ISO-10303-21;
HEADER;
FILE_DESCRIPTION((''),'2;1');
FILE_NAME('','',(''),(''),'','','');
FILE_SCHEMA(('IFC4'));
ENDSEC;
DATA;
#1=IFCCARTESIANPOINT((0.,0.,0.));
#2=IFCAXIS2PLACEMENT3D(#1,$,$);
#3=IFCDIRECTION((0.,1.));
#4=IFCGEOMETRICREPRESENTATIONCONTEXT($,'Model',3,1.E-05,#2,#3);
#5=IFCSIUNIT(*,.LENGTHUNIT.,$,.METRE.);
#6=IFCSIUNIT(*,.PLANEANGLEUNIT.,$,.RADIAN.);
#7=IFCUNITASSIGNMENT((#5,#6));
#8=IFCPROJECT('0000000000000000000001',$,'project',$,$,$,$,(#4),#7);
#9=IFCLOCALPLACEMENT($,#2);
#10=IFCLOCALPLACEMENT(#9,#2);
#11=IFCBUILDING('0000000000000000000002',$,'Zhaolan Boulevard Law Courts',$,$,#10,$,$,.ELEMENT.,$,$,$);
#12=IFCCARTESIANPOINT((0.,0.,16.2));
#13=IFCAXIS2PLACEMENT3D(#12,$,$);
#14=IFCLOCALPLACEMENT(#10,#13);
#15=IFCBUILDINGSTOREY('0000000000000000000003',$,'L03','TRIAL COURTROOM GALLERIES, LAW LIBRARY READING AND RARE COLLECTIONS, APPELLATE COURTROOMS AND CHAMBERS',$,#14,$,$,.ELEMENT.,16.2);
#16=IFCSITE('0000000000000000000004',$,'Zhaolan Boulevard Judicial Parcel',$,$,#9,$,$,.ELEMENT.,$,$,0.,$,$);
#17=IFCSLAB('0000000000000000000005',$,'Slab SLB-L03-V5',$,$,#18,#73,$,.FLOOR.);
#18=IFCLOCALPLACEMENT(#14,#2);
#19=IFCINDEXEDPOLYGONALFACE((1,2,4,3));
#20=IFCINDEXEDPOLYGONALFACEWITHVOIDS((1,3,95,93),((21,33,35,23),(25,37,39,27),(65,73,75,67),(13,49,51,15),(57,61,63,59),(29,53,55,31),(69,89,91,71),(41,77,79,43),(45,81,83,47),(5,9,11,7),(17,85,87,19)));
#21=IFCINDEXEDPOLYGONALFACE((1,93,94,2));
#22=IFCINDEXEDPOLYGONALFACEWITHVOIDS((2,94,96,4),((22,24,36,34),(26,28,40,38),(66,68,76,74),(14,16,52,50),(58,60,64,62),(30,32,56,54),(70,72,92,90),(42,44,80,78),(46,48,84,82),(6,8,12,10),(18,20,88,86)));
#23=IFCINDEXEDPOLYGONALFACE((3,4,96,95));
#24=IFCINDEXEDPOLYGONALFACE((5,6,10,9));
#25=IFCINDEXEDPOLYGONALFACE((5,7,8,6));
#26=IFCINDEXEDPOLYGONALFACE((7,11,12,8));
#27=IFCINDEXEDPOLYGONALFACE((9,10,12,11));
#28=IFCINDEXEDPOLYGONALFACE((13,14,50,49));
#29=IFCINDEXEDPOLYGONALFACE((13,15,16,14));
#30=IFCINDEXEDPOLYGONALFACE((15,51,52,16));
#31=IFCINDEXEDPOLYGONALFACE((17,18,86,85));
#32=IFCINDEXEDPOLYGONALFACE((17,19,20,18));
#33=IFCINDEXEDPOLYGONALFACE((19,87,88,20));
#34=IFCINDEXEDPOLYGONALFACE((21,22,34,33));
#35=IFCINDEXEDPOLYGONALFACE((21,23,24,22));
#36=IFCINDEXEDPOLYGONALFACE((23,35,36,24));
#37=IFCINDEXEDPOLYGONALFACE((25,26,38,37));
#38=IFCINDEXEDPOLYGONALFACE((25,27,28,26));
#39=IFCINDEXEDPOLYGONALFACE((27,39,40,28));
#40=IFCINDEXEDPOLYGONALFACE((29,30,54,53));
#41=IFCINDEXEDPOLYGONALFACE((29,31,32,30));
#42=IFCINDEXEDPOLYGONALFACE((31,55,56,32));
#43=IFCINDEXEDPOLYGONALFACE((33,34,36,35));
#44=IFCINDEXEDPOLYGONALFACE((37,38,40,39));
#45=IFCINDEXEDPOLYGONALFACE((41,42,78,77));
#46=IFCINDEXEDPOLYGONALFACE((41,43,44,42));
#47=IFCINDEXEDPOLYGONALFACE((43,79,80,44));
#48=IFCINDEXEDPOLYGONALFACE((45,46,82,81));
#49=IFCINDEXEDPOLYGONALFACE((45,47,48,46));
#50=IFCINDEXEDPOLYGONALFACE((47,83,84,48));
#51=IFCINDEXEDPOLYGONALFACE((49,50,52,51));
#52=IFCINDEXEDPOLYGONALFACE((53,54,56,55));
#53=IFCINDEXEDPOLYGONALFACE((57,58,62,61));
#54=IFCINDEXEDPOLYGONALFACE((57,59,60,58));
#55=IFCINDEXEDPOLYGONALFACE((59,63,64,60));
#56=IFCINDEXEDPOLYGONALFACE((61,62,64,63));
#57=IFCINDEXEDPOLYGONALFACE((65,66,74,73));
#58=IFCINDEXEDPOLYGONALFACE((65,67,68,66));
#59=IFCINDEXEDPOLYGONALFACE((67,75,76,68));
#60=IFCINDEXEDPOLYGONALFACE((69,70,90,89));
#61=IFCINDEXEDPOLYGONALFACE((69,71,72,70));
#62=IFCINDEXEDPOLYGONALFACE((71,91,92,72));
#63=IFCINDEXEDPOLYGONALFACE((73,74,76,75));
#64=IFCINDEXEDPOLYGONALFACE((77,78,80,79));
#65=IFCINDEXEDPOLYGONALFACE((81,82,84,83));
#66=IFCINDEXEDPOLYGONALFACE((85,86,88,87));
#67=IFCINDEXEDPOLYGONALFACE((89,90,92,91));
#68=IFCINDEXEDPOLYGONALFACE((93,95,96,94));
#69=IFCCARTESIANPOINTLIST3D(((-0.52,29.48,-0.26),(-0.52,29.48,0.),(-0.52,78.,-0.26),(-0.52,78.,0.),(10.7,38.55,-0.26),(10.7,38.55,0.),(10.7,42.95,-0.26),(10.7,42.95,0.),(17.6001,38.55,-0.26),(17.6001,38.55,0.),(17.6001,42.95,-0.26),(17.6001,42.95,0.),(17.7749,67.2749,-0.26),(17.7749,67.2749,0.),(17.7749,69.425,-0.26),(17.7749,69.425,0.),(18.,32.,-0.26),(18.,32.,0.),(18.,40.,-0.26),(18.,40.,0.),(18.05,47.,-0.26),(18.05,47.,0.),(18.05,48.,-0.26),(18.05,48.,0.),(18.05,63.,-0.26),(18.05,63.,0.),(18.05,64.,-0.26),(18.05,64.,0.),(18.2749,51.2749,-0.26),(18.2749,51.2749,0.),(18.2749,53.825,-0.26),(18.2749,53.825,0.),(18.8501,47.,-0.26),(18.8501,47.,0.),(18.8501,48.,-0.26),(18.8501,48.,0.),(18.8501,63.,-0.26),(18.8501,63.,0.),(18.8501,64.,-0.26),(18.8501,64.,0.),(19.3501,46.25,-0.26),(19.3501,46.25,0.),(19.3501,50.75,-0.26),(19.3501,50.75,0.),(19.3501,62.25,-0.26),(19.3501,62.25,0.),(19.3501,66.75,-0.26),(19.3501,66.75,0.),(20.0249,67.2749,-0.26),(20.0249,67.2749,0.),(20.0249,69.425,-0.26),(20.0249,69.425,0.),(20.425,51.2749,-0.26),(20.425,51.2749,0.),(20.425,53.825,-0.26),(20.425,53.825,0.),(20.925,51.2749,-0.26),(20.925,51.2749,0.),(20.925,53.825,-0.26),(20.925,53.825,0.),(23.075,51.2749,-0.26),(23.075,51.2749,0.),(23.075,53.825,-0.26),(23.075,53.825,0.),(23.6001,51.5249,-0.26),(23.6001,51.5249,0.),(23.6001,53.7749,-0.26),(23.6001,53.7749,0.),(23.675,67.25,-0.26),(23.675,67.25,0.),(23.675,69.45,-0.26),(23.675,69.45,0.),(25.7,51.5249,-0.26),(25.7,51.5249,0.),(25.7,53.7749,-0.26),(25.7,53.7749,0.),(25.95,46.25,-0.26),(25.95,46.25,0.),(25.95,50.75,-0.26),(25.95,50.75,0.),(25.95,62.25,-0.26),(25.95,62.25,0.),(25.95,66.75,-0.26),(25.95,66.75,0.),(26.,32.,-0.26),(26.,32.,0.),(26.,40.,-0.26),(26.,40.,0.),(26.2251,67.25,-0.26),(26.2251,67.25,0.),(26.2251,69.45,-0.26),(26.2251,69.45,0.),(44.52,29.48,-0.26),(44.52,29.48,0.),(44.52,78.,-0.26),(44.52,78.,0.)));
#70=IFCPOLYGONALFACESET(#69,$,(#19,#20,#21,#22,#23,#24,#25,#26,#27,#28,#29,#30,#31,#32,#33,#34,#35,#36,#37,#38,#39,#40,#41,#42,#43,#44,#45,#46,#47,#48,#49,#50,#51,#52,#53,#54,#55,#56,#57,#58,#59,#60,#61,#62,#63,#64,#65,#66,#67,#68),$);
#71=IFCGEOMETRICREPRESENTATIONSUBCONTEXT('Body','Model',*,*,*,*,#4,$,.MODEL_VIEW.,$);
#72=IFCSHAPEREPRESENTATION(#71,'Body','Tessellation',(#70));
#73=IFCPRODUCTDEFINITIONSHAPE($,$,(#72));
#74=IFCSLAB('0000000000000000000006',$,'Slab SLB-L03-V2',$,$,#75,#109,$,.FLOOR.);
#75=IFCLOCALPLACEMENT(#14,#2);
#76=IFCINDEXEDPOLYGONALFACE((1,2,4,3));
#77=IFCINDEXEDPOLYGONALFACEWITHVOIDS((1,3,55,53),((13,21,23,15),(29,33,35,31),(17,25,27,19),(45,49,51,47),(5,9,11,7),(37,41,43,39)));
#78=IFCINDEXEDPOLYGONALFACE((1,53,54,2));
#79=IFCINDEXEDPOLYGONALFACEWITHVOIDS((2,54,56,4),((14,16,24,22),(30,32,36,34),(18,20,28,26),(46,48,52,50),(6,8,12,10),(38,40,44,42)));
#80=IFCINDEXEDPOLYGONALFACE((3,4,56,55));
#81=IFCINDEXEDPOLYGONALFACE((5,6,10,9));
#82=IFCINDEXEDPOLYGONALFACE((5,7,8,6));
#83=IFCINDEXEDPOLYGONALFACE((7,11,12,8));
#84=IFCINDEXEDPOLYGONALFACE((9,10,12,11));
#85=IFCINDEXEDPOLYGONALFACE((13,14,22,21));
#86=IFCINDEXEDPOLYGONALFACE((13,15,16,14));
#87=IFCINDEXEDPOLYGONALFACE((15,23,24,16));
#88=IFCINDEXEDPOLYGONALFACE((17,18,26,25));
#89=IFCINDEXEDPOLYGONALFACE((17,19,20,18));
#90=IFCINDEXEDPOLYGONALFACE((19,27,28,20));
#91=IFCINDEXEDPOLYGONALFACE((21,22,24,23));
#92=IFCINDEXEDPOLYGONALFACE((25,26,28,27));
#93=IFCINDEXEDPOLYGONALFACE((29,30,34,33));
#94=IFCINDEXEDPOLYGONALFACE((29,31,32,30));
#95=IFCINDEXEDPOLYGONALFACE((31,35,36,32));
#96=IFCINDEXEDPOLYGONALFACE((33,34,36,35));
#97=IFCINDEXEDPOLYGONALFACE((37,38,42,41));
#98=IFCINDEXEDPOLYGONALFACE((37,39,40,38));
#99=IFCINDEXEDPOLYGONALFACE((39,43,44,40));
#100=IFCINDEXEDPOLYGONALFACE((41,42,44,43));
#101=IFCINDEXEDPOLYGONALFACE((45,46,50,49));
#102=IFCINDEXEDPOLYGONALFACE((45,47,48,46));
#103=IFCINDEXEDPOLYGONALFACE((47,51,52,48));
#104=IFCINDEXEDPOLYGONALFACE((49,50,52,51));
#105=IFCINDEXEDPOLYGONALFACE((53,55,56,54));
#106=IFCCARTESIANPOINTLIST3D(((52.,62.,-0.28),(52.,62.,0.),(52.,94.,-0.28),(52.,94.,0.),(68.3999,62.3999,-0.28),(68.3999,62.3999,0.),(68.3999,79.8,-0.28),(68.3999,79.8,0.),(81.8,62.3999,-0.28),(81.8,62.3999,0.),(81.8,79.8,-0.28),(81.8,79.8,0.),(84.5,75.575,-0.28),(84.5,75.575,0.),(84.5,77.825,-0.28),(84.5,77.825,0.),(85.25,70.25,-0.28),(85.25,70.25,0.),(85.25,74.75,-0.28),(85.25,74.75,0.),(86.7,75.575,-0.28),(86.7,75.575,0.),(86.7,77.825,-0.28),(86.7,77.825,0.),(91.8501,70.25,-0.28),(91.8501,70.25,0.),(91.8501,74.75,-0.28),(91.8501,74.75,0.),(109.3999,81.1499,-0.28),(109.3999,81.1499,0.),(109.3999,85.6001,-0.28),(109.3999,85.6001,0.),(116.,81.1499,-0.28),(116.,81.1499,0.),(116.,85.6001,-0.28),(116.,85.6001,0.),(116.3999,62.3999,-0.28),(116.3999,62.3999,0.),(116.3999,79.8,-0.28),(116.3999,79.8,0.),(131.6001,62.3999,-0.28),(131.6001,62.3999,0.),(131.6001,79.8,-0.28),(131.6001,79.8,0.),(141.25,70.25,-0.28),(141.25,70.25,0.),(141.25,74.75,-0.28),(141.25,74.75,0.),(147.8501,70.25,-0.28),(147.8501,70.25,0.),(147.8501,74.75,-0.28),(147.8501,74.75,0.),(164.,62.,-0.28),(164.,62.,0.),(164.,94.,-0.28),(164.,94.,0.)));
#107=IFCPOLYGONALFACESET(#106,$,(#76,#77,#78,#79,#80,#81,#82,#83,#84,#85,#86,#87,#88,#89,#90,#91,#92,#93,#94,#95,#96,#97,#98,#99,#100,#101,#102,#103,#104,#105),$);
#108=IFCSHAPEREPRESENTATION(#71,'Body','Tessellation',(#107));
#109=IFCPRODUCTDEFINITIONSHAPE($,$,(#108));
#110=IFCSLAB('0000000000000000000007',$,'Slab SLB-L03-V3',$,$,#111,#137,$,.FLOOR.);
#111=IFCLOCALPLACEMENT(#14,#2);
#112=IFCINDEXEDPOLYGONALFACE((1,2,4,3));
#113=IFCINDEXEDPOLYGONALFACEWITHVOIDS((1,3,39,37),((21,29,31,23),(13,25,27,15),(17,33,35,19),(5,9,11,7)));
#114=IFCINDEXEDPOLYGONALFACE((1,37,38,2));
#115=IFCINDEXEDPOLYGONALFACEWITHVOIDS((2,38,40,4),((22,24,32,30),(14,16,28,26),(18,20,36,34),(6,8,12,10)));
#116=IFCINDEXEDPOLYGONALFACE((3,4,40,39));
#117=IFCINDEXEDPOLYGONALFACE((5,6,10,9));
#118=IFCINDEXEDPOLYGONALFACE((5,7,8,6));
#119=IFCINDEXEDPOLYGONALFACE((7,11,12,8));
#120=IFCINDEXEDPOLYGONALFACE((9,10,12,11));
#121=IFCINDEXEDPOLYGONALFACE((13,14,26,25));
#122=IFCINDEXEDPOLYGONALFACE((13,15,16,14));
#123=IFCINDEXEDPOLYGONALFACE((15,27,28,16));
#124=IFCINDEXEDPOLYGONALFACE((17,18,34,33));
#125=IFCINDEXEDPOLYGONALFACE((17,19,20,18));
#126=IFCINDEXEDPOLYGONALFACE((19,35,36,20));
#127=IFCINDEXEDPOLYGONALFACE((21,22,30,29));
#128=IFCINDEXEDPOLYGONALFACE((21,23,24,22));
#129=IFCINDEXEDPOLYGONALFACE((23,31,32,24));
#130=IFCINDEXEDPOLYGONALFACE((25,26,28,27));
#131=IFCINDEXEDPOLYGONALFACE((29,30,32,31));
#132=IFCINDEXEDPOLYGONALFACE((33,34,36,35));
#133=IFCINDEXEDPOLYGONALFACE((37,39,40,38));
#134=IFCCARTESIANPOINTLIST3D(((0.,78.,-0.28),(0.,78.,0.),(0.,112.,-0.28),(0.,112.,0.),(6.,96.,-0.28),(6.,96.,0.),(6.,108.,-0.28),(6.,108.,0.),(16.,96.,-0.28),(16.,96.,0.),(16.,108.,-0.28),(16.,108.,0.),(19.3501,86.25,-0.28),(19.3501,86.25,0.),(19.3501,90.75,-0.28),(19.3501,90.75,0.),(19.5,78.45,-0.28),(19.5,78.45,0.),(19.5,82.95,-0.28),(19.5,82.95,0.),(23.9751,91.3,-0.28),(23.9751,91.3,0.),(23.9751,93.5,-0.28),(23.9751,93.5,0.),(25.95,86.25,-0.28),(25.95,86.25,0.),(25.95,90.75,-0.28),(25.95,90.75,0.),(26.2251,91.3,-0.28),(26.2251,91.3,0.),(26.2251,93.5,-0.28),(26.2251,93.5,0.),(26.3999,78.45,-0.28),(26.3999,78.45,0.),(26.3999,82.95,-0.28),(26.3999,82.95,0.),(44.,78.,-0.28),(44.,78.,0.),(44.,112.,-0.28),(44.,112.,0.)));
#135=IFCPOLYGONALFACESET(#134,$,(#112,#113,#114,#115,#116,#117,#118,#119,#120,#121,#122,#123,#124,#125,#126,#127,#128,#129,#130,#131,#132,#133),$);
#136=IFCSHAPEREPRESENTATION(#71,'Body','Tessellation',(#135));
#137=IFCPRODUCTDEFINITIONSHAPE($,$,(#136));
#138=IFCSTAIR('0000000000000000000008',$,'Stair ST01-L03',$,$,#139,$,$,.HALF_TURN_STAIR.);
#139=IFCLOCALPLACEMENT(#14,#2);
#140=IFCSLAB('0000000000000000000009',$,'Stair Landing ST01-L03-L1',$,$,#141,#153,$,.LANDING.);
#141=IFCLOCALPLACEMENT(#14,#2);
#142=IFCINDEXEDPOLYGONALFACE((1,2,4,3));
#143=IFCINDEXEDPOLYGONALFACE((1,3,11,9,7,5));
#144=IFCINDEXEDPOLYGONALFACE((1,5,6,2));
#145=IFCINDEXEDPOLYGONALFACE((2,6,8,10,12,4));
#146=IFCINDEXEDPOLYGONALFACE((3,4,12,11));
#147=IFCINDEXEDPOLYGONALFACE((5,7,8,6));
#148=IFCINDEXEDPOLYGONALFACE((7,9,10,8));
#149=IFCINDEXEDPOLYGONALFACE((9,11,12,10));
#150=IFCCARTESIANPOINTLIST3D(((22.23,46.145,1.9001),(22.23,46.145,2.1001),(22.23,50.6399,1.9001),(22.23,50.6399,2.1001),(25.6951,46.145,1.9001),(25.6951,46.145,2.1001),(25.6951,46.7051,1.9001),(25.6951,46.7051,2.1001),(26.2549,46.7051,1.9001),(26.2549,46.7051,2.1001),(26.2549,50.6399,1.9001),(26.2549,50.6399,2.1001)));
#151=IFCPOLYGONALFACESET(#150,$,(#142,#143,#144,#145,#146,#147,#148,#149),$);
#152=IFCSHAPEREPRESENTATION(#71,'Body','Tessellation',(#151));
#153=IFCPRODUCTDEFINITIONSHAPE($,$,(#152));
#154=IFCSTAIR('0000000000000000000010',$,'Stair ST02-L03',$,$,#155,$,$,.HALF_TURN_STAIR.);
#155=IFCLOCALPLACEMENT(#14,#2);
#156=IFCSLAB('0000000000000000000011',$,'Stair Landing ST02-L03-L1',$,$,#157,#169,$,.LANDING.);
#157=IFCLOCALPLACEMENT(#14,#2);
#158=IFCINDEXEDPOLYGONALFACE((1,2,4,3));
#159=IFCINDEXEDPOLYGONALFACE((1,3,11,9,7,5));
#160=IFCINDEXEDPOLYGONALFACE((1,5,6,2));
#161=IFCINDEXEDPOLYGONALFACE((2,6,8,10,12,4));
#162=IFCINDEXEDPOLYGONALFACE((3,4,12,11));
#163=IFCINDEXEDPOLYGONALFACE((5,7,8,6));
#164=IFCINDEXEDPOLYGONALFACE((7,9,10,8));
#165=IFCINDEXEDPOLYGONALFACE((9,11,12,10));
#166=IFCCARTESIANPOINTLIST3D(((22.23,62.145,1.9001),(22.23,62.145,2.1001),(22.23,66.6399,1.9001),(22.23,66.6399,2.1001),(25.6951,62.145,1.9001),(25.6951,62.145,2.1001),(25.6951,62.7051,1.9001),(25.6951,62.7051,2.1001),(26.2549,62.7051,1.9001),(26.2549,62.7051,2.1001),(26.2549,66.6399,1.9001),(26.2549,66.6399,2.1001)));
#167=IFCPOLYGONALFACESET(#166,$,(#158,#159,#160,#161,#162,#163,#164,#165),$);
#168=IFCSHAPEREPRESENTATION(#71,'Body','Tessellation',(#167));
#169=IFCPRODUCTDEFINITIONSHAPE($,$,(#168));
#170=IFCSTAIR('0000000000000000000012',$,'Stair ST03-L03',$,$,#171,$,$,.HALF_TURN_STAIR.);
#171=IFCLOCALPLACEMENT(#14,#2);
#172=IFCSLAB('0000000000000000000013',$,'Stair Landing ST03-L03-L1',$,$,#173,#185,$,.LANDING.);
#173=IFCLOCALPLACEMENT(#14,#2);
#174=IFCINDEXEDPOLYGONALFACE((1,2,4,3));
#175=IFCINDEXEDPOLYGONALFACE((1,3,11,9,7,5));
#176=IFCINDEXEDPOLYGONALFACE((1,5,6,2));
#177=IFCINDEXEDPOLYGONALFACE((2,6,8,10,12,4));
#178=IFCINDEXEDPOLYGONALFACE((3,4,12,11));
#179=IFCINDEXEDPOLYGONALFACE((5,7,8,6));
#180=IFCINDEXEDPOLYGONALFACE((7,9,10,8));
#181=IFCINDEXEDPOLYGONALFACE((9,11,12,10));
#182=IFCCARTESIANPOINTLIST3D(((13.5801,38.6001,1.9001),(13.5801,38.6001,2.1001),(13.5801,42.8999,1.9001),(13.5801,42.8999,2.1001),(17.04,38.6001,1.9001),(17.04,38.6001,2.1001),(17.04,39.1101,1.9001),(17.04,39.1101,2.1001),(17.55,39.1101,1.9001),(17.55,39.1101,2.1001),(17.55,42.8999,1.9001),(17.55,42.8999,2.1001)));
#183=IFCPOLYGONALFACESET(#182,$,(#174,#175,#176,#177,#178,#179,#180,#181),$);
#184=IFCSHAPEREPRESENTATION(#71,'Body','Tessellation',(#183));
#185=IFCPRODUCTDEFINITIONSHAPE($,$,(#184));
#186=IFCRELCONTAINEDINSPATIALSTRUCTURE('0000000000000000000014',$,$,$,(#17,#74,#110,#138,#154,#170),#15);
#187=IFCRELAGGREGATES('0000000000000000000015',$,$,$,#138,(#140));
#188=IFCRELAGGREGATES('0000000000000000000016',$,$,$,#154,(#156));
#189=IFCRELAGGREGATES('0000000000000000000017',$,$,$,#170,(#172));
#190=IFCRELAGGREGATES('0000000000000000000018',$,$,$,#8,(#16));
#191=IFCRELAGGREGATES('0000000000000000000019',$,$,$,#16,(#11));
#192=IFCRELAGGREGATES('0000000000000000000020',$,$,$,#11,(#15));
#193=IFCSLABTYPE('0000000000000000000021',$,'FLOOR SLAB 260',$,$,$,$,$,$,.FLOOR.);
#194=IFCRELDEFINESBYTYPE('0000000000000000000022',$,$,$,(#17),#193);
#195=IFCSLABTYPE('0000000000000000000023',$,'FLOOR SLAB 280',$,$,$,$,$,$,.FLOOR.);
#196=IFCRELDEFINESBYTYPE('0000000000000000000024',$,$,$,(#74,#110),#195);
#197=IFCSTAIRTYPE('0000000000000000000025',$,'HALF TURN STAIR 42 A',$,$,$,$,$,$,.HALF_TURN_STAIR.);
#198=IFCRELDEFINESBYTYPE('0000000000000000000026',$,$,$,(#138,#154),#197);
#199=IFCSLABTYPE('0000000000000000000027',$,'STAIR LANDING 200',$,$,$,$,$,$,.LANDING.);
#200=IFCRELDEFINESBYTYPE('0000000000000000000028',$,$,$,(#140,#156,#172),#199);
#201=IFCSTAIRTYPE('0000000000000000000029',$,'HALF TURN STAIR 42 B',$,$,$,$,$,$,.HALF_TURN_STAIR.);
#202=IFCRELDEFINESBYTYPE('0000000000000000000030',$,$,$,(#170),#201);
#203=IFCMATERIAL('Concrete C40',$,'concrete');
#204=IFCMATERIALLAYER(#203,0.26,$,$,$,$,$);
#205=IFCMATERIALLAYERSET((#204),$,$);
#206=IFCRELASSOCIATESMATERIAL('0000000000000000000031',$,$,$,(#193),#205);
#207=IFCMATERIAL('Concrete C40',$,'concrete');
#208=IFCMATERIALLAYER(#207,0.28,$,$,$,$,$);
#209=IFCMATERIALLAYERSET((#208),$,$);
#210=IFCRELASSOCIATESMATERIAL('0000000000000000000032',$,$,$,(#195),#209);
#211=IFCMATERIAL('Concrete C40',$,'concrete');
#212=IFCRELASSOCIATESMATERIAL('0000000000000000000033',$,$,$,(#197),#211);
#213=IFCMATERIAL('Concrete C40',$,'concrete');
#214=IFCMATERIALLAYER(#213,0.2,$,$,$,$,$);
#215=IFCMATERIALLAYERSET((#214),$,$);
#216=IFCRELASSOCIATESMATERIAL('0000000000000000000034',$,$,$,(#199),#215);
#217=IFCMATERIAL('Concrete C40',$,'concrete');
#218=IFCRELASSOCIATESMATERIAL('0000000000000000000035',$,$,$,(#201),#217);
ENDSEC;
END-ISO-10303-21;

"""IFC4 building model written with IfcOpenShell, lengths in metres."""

from ifc_helpers import new_model, si_unit, direction, frame, origin, place, context, subcontext, project, spatial, polyline, outline, extrude, material, layer, layer_set, type_object, element, aggregate, save


model = new_model("IFC4")

# Units and contexts
model_context = context("Model", 3, precision=1e-05, world=origin(), true_north=direction((0.0, 1.0)))
body_context = subcontext(model_context, "Body", "Model", "MODEL_VIEW")
ifc_project = project(units=[si_unit("LENGTHUNIT", "METRE"), si_unit("PLANEANGLEUNIT", "RADIAN")], contexts=[model_context])

# Site, building, storey
site_placement = place(None, origin())
site = spatial("IfcSite", under=ifc_project, at=site_placement, Name="Zhaolan Boulevard Judicial Parcel", CompositionType="ELEMENT", RefElevation=0.0)
building_placement = place(site_placement, origin())
building = spatial("IfcBuilding", under=site, at=building_placement, Name="Zhaolan Boulevard Law Courts", CompositionType="ELEMENT")
storey_placement = place(building_placement, frame((0.0, 0.0, 16.2)))
storey = spatial("IfcBuildingStorey", under=building, at=storey_placement, Name="L03", Description="TRIAL COURTROOM GALLERIES, LAW LIBRARY READING AND RARE COLLECTIONS, APPELLATE COURTROOMS AND CHAMBERS", CompositionType="ELEMENT", Elevation=16.2)

# Slabs
ifc_material_1 = material(Name="Concrete C40", Category="concrete")
ifc_layer_1 = layer(ifc_material_1, 0.26)
ifc_layer_set_1 = layer_set([ifc_layer_1])
slab_type_1 = type_object("IfcSlabType", Name="FLOOR SLAB 260", PredefinedType="FLOOR", material=ifc_layer_set_1)
slab_1_placement = place(storey_placement, frame((0.0, 0.0, -0.26)))
element("IfcSlab", 1, at=slab_1_placement, inside=storey, type_object=slab_type_1, Name="Slab SLB-L03-V5", PredefinedType="FLOOR", context=body_context, shape_type="SweptSolid", body=[
    extrude(outline(polyline([(-0.52, 29.48), (44.52, 29.48), (44.52, 78.0), (-0.52, 78.0), (-0.52, 29.48)]), holes=[polyline([(18.2749, 51.2749), (20.425, 51.2749), (20.425, 53.825), (18.2749, 53.825), (18.2749, 51.2749)]), polyline([(20.925, 51.2749), (23.075, 51.2749), (23.075, 53.825), (20.925, 53.825), (20.925, 51.2749)]), polyline([(23.675, 67.25), (26.2251, 67.25), (26.2251, 69.45), (23.675, 69.45), (23.675, 67.25)]), polyline([(23.6001, 51.5249), (25.7, 51.5249), (25.7, 53.7749), (23.6001, 53.7749), (23.6001, 51.5249)]), polyline([(17.7749, 67.2749), (20.0249, 67.2749), (20.0249, 69.425), (17.7749, 69.425), (17.7749, 67.2749)]), polyline([(19.3501, 46.25), (25.95, 46.25), (25.95, 50.75), (19.3501, 50.75), (19.3501, 46.25)]), polyline([(19.3501, 62.25), (25.95, 62.25), (25.95, 66.75), (19.3501, 66.75), (19.3501, 62.25)]), polyline([(10.7, 38.55), (17.6001, 38.55), (17.6001, 42.95), (10.7, 42.95), (10.7, 38.55)]), polyline([(18.05, 47.0), (18.8501, 47.0), (18.8501, 48.0), (18.05, 48.0), (18.05, 47.0)]), polyline([(18.05, 63.0), (18.8501, 63.0), (18.8501, 64.0), (18.05, 64.0), (18.05, 63.0)]), polyline([(18.0, 32.0), (26.0, 32.0), (26.0, 40.0), (18.0, 40.0), (18.0, 32.0)])]), origin(), (0.0, 0.0, 1.0), 0.26),
])
ifc_material_2 = material(Name="Concrete C40", Category="concrete")
ifc_layer_2 = layer(ifc_material_2, 0.28)
ifc_layer_set_2 = layer_set([ifc_layer_2])
slab_type_2 = type_object("IfcSlabType", Name="FLOOR SLAB 280", PredefinedType="FLOOR", material=ifc_layer_set_2)
slab_2_placement = place(storey_placement, frame((0.0, 0.0, -0.28)))
element("IfcSlab", 2, at=slab_2_placement, inside=storey, type_object=slab_type_2, Name="Slab SLB-L03-V2", PredefinedType="FLOOR", context=body_context, shape_type="SweptSolid", body=[
    extrude(outline(polyline([(52.0, 62.0), (164.0, 62.0), (164.0, 94.0), (52.0, 94.0), (52.0, 62.0)]), holes=[polyline([(84.5, 75.575), (86.7, 75.575), (86.7, 77.825), (84.5, 77.825), (84.5, 75.575)]), polyline([(85.25, 70.25), (91.8501, 70.25), (91.8501, 74.75), (85.25, 74.75), (85.25, 70.25)]), polyline([(141.25, 70.25), (147.8501, 70.25), (147.8501, 74.75), (141.25, 74.75), (141.25, 70.25)]), polyline([(109.3999, 81.1499), (116.0, 81.1499), (116.0, 85.6001), (109.3999, 85.6001), (109.3999, 81.1499)]), polyline([(68.3999, 62.3999), (81.8, 62.3999), (81.8, 79.8), (68.3999, 79.8), (68.3999, 62.3999)]), polyline([(116.3999, 62.3999), (131.6001, 62.3999), (131.6001, 79.8), (116.3999, 79.8), (116.3999, 62.3999)])]), origin(), (0.0, 0.0, 1.0), 0.28),
])
slab_3_placement = place(storey_placement, frame((0.0, 0.0, -0.28)))
element("IfcSlab", 3, at=slab_3_placement, inside=storey, type_object=slab_type_2, Name="Slab SLB-L03-V3", PredefinedType="FLOOR", context=body_context, shape_type="SweptSolid", body=[
    extrude(outline(polyline([(0.0, 78.0), (44.0, 78.0), (44.0, 112.0), (0.0, 112.0), (0.0, 78.0)]), holes=[polyline([(23.9751, 91.3), (26.2251, 91.3), (26.2251, 93.5), (23.9751, 93.5), (23.9751, 91.3)]), polyline([(19.3501, 86.25), (25.95, 86.25), (25.95, 90.75), (19.3501, 90.75), (19.3501, 86.25)]), polyline([(19.5, 78.45), (26.3999, 78.45), (26.3999, 82.95), (19.5, 82.95), (19.5, 78.45)]), polyline([(6.0, 96.0), (16.0, 96.0), (16.0, 108.0), (6.0, 108.0), (6.0, 96.0)])]), origin(), (0.0, 0.0, 1.0), 0.28),
])

# Stairs, slabs
ifc_material_3 = material(Name="Concrete C40", Category="concrete")
stair_type_1 = type_object("IfcStairType", Name="HALF TURN STAIR 42 A", PredefinedType="HALF_TURN_STAIR", material=ifc_material_3)
stair_1_placement = place(storey_placement, origin())
stair_1 = element("IfcStair", 4, at=stair_1_placement, inside=storey, type_object=stair_type_1, Name="Stair ST01-L03", PredefinedType="HALF_TURN_STAIR")
ifc_material_4 = material(Name="Concrete C40", Category="concrete")
ifc_layer_3 = layer(ifc_material_4, 0.2)
ifc_layer_set_3 = layer_set([ifc_layer_3])
slab_type_3 = type_object("IfcSlabType", Name="STAIR LANDING 200", PredefinedType="LANDING", material=ifc_layer_set_3)
slab_4_placement = place(storey_placement, frame((0.0, 0.0, 1.9001)))
slab_4 = element("IfcSlab", 5, at=slab_4_placement, type_object=slab_type_3, Name="Stair Landing ST01-L03-L1", PredefinedType="LANDING", context=body_context, shape_type="SweptSolid", body=[
    extrude(outline(polyline([(22.23, 46.145), (25.6951, 46.145), (25.6951, 46.7051), (26.2549, 46.7051), (26.2549, 50.6399), (22.23, 50.6399), (22.23, 46.145)])), origin(), (0.0, 0.0, 1.0), 0.2),
])
aggregate(stair_1, [slab_4])
stair_2_placement = place(storey_placement, origin())
stair_2 = element("IfcStair", 6, at=stair_2_placement, inside=storey, type_object=stair_type_1, Name="Stair ST02-L03", PredefinedType="HALF_TURN_STAIR")
slab_5_placement = place(storey_placement, frame((0.0, 0.0, 1.9001)))
slab_5 = element("IfcSlab", 7, at=slab_5_placement, type_object=slab_type_3, Name="Stair Landing ST02-L03-L1", PredefinedType="LANDING", context=body_context, shape_type="SweptSolid", body=[
    extrude(outline(polyline([(22.23, 62.145), (25.6951, 62.145), (25.6951, 62.7051), (26.2549, 62.7051), (26.2549, 66.6399), (22.23, 66.6399), (22.23, 62.145)])), origin(), (0.0, 0.0, 1.0), 0.2),
])
aggregate(stair_2, [slab_5])
ifc_material_5 = material(Name="Concrete C40", Category="concrete")
stair_type_2 = type_object("IfcStairType", Name="HALF TURN STAIR 42 B", PredefinedType="HALF_TURN_STAIR", material=ifc_material_5)
stair_3_placement = place(storey_placement, origin())
stair_3 = element("IfcStair", 8, at=stair_3_placement, inside=storey, type_object=stair_type_2, Name="Stair ST03-L03", PredefinedType="HALF_TURN_STAIR")
slab_6_placement = place(storey_placement, frame((0.0, 0.0, 1.9001)))
slab_6 = element("IfcSlab", 9, at=slab_6_placement, type_object=slab_type_3, Name="Stair Landing ST03-L03-L1", PredefinedType="LANDING", context=body_context, shape_type="SweptSolid", body=[
    extrude(outline(polyline([(13.5801, 38.6001), (17.04, 38.6001), (17.04, 39.1101), (17.55, 39.1101), (17.55, 42.8999), (13.5801, 42.8999), (13.5801, 38.6001)])), origin(), (0.0, 0.0, 1.0), 0.2),
])
aggregate(stair_3, [slab_6])

save(model, "model.ifc")
